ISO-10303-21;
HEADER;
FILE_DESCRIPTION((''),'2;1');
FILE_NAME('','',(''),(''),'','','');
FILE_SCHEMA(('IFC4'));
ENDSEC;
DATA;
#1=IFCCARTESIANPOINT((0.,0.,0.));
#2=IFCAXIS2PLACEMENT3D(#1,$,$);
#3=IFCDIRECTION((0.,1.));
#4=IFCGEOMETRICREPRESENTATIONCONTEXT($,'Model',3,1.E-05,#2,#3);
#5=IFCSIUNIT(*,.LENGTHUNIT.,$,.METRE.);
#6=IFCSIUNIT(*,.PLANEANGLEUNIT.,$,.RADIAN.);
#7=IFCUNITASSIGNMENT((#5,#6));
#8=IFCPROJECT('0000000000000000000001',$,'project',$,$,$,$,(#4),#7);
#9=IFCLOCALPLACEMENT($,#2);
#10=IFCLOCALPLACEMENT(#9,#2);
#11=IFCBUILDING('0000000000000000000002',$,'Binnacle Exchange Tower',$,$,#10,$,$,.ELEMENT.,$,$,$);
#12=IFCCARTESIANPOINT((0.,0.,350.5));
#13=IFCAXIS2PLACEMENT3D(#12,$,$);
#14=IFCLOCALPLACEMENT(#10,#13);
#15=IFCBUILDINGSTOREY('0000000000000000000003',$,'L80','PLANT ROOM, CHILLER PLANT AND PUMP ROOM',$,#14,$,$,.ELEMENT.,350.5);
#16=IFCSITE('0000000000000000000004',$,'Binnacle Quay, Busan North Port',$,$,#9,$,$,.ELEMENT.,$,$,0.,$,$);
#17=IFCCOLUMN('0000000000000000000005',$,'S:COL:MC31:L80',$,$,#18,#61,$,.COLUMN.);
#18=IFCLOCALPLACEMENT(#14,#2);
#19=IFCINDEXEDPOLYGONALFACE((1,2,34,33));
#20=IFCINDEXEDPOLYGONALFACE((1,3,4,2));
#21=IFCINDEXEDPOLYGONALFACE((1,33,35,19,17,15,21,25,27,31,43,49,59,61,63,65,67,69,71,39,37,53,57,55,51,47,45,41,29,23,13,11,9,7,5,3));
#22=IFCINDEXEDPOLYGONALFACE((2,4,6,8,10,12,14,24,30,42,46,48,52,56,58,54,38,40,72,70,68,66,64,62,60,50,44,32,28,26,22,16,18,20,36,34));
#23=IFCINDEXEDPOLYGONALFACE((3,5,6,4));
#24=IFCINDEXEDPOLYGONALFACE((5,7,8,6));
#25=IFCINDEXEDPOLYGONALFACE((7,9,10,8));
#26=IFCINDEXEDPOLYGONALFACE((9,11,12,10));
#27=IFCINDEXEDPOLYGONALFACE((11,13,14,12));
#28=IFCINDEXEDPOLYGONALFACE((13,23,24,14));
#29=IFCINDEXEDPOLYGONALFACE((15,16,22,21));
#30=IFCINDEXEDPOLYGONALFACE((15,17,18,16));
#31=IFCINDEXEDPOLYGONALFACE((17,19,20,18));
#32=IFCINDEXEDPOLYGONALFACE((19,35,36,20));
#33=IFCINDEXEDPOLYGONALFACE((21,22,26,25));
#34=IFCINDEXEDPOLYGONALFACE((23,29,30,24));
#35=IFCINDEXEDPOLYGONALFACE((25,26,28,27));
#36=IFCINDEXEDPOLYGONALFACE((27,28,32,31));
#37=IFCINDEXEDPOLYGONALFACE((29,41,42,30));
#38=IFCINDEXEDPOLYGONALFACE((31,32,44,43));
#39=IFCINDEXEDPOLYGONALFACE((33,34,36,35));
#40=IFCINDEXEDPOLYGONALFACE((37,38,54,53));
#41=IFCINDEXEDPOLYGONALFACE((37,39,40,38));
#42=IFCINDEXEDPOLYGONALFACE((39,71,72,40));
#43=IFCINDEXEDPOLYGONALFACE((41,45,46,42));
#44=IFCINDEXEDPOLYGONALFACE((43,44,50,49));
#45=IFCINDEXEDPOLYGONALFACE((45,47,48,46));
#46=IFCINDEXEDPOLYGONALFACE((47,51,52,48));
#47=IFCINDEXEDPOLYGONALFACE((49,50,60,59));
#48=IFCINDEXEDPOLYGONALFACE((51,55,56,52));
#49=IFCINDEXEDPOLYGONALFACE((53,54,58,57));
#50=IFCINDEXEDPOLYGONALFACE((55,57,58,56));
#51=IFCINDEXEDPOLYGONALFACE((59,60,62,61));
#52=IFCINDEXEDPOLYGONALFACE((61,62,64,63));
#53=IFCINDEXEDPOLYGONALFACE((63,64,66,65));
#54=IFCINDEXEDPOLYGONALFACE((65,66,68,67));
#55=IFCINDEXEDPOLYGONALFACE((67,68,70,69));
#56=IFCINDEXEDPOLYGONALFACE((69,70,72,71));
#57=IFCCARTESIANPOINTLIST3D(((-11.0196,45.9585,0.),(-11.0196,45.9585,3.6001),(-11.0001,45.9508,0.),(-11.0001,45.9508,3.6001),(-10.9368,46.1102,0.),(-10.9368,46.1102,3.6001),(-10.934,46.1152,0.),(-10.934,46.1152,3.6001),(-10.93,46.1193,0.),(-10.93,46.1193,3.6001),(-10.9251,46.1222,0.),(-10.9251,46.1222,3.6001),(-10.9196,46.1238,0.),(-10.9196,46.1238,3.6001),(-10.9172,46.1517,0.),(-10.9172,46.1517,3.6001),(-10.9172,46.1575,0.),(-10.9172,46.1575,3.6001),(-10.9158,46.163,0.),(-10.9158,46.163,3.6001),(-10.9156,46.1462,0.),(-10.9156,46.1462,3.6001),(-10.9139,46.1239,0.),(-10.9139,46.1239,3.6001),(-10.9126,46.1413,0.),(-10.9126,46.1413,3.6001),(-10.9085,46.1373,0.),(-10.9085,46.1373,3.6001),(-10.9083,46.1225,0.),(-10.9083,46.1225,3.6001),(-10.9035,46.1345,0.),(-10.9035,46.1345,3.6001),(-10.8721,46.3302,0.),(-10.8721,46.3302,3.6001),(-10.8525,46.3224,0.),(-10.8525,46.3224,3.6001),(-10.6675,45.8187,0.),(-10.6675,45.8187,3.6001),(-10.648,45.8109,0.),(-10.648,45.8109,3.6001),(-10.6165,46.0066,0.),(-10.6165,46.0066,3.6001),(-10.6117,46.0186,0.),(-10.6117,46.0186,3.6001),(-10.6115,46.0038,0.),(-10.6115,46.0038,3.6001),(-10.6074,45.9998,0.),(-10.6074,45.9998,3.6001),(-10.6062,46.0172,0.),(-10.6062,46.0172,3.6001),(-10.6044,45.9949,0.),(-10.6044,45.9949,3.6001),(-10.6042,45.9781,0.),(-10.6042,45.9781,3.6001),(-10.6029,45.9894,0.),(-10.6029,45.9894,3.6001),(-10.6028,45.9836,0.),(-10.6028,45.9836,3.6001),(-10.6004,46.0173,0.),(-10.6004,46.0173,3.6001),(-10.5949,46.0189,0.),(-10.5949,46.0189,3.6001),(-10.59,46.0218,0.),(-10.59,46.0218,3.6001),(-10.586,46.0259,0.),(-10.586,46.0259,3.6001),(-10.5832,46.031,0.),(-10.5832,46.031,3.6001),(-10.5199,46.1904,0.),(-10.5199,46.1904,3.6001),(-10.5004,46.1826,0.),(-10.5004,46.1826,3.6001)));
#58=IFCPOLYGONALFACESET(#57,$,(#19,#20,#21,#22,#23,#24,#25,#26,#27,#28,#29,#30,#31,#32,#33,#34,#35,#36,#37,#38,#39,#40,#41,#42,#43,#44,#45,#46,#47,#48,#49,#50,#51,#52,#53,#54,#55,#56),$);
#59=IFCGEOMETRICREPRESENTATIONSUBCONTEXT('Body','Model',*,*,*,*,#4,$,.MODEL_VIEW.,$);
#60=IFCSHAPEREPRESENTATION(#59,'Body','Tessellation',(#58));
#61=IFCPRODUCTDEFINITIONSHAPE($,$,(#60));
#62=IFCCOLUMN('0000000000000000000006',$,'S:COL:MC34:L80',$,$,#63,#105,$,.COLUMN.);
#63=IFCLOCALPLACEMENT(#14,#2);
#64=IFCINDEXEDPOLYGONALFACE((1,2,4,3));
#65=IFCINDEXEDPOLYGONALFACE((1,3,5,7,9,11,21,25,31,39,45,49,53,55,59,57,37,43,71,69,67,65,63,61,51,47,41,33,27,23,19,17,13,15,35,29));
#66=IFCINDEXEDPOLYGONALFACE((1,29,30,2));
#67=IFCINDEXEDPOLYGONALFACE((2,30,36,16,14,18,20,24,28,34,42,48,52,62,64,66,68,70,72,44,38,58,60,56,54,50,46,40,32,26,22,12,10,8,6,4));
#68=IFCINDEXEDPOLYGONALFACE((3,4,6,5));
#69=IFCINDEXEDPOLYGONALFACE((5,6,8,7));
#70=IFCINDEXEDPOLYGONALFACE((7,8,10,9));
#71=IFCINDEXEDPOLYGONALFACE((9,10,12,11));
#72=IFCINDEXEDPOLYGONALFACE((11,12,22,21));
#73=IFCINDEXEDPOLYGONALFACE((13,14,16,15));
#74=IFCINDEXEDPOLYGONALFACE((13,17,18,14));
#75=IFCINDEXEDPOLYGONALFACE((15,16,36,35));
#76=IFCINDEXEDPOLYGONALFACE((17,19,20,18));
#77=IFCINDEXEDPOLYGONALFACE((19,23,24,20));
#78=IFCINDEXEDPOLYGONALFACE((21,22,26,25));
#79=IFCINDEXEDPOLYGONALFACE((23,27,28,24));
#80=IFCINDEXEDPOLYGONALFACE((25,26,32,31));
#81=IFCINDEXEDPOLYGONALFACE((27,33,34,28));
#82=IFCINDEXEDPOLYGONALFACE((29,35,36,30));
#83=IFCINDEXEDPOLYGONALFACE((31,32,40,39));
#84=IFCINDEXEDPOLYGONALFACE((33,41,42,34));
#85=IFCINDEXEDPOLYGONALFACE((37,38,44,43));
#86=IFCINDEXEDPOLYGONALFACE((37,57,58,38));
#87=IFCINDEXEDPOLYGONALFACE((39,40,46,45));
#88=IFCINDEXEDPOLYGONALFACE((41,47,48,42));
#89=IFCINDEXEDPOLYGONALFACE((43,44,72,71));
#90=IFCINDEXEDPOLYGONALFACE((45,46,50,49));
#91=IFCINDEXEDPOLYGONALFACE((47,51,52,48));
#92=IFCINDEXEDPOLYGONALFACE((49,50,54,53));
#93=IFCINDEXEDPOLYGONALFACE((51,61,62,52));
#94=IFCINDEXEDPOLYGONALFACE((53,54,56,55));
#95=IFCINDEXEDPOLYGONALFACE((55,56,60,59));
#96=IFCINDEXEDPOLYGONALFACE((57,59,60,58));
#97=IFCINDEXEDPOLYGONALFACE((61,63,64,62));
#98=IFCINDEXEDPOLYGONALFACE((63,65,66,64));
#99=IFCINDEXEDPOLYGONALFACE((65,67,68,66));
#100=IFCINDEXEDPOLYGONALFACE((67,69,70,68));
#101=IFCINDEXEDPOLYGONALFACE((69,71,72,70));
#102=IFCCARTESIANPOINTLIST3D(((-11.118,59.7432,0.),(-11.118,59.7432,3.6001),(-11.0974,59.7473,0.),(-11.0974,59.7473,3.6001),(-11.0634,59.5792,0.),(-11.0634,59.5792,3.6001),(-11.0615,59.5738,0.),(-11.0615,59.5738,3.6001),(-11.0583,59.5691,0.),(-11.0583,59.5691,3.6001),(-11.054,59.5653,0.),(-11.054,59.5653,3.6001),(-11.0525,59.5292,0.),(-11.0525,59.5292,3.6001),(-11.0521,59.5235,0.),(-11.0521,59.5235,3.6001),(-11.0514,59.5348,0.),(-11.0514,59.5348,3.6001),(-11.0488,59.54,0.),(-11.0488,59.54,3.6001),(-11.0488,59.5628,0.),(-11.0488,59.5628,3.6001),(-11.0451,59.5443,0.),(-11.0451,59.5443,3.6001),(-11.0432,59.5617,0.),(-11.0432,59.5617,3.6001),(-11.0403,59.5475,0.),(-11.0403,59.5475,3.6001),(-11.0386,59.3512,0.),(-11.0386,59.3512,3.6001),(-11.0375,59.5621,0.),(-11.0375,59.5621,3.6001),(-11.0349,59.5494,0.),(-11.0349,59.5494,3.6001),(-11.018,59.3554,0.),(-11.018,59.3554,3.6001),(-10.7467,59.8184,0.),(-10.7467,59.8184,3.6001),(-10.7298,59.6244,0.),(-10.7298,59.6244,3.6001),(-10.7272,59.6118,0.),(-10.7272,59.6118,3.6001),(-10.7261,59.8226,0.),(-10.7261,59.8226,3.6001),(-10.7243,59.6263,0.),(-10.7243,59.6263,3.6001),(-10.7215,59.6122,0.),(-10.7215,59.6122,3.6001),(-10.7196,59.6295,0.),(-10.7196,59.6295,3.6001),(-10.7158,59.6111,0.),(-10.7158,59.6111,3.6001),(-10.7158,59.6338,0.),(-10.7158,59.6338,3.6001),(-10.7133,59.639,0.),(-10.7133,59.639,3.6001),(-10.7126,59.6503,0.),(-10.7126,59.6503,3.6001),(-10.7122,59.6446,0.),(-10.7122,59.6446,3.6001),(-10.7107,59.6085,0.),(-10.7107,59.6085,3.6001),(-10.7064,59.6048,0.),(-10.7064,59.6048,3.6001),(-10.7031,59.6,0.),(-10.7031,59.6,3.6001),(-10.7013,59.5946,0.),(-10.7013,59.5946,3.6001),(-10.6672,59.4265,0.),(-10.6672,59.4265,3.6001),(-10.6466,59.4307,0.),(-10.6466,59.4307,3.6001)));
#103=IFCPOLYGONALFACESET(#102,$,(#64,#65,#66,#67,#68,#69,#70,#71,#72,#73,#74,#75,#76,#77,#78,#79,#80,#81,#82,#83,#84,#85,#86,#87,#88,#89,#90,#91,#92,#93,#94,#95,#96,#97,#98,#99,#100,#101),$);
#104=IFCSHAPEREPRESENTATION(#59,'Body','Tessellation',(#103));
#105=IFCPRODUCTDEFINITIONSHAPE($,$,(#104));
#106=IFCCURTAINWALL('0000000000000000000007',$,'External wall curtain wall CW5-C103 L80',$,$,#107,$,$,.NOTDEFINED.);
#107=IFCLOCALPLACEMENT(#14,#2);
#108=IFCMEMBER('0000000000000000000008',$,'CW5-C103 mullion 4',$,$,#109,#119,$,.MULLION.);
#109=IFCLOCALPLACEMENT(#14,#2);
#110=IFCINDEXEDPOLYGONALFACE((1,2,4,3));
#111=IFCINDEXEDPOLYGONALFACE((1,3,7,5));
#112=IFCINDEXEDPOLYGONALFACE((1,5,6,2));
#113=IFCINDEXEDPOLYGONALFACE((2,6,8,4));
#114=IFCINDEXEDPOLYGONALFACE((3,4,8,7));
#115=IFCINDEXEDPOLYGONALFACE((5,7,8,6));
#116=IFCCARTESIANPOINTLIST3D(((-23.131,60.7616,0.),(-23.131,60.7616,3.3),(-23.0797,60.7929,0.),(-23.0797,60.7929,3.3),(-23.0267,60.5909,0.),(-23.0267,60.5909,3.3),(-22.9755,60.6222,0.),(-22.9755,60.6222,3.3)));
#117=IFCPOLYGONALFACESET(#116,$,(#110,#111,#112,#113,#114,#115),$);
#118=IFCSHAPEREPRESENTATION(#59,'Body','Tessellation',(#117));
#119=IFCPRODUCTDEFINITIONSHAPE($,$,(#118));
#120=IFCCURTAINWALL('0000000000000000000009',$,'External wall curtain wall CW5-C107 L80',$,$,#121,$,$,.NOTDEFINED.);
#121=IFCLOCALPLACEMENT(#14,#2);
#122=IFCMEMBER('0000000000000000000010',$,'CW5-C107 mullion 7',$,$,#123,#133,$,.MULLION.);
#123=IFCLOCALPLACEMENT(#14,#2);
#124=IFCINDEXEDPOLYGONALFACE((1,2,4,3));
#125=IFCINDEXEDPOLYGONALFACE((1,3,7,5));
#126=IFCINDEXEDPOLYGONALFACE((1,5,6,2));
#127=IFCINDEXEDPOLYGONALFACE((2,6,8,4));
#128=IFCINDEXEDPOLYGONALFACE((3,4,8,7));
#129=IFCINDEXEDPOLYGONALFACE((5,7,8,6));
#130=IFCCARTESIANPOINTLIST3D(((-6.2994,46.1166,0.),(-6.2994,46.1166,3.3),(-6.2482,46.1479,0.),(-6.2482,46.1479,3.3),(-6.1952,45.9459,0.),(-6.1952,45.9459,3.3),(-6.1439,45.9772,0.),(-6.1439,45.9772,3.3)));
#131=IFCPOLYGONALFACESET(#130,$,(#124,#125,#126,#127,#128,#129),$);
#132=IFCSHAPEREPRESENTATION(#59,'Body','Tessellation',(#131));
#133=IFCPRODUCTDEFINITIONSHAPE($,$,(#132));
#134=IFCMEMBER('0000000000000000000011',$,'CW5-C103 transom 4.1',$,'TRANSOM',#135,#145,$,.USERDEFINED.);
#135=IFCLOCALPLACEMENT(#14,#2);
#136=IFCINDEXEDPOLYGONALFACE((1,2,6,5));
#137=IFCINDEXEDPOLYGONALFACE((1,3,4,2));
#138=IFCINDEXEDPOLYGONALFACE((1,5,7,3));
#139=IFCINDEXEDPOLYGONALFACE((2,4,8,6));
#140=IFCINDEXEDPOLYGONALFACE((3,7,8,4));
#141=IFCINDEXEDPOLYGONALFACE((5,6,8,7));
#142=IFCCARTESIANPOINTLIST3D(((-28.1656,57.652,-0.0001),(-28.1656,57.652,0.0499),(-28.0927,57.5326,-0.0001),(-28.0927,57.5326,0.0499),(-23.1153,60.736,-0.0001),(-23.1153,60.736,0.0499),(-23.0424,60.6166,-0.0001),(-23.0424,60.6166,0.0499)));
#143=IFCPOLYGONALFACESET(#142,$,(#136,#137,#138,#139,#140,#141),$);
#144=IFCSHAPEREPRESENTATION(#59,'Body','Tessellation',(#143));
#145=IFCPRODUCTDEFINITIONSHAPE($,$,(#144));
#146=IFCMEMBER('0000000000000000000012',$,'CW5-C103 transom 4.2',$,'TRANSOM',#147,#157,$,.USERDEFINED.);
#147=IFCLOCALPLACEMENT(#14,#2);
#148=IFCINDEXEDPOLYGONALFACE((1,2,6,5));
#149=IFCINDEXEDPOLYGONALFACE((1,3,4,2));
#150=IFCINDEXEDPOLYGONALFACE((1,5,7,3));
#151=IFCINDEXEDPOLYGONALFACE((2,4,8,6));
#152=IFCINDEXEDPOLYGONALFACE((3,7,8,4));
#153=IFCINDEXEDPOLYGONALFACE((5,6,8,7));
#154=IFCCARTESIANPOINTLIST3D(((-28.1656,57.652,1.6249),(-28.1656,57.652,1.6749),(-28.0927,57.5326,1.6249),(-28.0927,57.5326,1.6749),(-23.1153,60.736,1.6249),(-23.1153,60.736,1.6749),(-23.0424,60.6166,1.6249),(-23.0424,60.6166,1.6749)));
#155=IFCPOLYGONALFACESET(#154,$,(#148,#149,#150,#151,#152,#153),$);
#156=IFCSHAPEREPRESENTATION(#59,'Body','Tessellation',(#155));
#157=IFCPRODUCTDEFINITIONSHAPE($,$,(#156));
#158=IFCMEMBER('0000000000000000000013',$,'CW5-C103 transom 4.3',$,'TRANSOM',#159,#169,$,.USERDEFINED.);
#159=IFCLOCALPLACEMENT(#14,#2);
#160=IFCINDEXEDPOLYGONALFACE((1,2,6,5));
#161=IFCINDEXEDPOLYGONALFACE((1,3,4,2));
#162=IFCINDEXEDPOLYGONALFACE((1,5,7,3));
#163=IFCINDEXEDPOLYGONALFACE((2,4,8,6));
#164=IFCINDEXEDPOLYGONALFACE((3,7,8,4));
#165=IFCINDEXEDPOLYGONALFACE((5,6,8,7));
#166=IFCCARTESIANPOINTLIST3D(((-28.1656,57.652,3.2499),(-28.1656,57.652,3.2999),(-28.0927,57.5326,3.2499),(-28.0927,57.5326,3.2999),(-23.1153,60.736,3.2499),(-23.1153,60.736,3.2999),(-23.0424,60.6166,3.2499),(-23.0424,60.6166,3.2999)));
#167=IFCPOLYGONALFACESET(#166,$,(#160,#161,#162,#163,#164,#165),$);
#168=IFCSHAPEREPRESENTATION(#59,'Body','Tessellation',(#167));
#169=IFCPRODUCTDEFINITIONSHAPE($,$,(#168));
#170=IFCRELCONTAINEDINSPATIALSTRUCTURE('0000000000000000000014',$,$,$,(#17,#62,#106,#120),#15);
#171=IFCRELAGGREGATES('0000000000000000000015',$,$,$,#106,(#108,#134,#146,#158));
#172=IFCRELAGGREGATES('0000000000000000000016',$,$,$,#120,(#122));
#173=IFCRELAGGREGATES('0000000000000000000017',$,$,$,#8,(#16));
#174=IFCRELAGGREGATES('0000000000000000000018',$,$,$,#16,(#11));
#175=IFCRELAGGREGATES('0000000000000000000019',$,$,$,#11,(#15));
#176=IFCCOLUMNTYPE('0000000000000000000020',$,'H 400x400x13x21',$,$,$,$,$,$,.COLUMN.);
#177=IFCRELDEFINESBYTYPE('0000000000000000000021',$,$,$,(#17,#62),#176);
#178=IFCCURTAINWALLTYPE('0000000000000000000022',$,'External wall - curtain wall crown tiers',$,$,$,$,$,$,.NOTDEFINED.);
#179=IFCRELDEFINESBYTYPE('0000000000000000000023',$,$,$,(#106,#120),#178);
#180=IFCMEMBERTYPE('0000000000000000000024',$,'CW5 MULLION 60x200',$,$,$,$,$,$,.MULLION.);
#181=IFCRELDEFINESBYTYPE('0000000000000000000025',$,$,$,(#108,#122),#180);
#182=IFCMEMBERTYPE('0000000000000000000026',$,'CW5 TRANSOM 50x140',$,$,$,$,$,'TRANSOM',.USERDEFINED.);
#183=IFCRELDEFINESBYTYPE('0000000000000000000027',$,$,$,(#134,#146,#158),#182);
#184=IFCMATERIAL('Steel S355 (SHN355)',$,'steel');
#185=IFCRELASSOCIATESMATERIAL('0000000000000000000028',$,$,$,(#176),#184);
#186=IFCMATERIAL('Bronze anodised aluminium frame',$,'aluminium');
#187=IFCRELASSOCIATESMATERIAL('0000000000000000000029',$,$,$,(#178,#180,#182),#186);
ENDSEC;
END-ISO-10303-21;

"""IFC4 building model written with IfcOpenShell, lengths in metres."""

from ifc_helpers import new_model, si_unit, direction, frame, origin, origin_2d, place, context, subcontext, project, spatial, rectangle, i_section, extrude, material, material_profile, profile_set, type_object, element, aggregate, save


model = new_model("IFC4")

# Units and contexts
model_context = context("Model", 3, precision=1e-05, world=origin(), true_north=direction((0.0, 1.0)))
body_context = subcontext(model_context, "Body", "Model", "MODEL_VIEW")
ifc_project = project(units=[si_unit("LENGTHUNIT", "METRE"), si_unit("PLANEANGLEUNIT", "RADIAN")], contexts=[model_context])

# Site, building, storey
site_placement = place(None, origin())
site = spatial("IfcSite", under=ifc_project, at=site_placement, Name="Binnacle Quay, Busan North Port", CompositionType="ELEMENT", RefElevation=0.0)
building_placement = place(site_placement, origin())
building = spatial("IfcBuilding", under=site, at=building_placement, Name="Binnacle Exchange Tower", CompositionType="ELEMENT")
storey_placement = place(building_placement, frame((0.0, 0.0, 350.5)))
storey = spatial("IfcBuildingStorey", under=building, at=storey_placement, Name="L80", Description="PLANT ROOM, CHILLER PLANT AND PUMP ROOM", CompositionType="ELEMENT", Elevation=350.5)

# Columns
ifc_material_1 = material(Name="Steel S355 (SHN355)", Category="steel")
ifc_material_profile_1 = material_profile(ifc_material_1, i_section(OverallWidth=0.3999, OverallDepth=0.3999, WebThickness=0.0129, FlangeThickness=0.021, FilletRadius=0.022, at=origin_2d()), Name="H 400x400x13x21")
ifc_profile_set_1 = profile_set([ifc_material_profile_1], Name="Steel S355 (SHN355)")
column_type = type_object("IfcColumnType", Name="H 400x400x13x21", PredefinedType="COLUMN", material=ifc_profile_set_1)
for number, where, z_axis, x_axis, name in (
    (1, (-10.76, 46.0706, 0.0), (0.0, 0.0, 1.0), (0.369033, 0.929416, 0.0), "S:COL:MC31:L80"),
    (2, (-10.8823, 59.5869, 0.0), (0.0, 0.0, 1.0), (-0.198667, 0.980067, 0.0), "S:COL:MC34:L80"),
):
    element("IfcColumn", number, at=place(storey_placement, frame(where, z_axis=z_axis, x_axis=x_axis)), inside=storey, type_object=column_type, Name=name, PredefinedType="COLUMN", context=body_context, shape_type="SweptSolid", body=[
        extrude(i_section(OverallWidth=0.3999, OverallDepth=0.3999, WebThickness=0.0129, FlangeThickness=0.021, FilletRadius=0.022, at=origin_2d()), origin(), (0.0, 0.0, 1.0), 3.6001),
    ])

# Curtain walls, members
ifc_material_2 = material(Name="Bronze anodised aluminium frame", Category="aluminium")
curtain_wall_type = type_object("IfcCurtainWallType", Name="External wall - curtain wall crown tiers", PredefinedType="NOTDEFINED", material=ifc_material_2)
curtain_wall_1_placement = place(storey_placement, origin())
curtain_wall_1 = element("IfcCurtainWall", 3, at=curtain_wall_1_placement, inside=storey, type_object=curtain_wall_type, Name="External wall curtain wall CW5-C103 L80", PredefinedType="NOTDEFINED")
ifc_material_profile_2 = material_profile(ifc_material_2, rectangle(XDim=0.2, YDim=0.0601, at=origin_2d()), Name="AL 60x200")
ifc_profile_set_2 = profile_set([ifc_material_profile_2], Name="Bronze anodised aluminium frame")
member_type_1 = type_object("IfcMemberType", Name="CW5 MULLION 60x200", PredefinedType="MULLION", material=ifc_profile_set_2)
member_1_placement = place(storey_placement, frame((-23.0532, 60.6919, 0.0), z_axis=(0.0, 0.0, 1.0), x_axis=(0.521157, -0.853461, 0.0)))
member_1 = element("IfcMember", 4, at=member_1_placement, type_object=member_type_1, Name="CW5-C103 mullion 4", PredefinedType="MULLION", context=body_context, shape_type="SweptSolid", body=[
    extrude(rectangle(XDim=0.2, YDim=0.0601, at=origin_2d()), origin(), (0.0, 0.0, 1.0), 3.3),
])
curtain_wall_2_placement = place(storey_placement, origin())
curtain_wall_2 = element("IfcCurtainWall", 5, at=curtain_wall_2_placement, inside=storey, type_object=curtain_wall_type, Name="External wall curtain wall CW5-C107 L80", PredefinedType="NOTDEFINED")
member_2_placement = place(storey_placement, frame((-6.2217, 46.0469, 0.0), z_axis=(0.0, 0.0, 1.0), x_axis=(-0.521157, 0.853461, 0.0)))
member_2 = element("IfcMember", 6, at=member_2_placement, type_object=member_type_1, Name="CW5-C107 mullion 7", PredefinedType="MULLION", context=body_context, shape_type="SweptSolid", body=[
    extrude(rectangle(XDim=0.2, YDim=0.0601, at=origin_2d()), origin(), (0.0, 0.0, 1.0), 3.3),
])

# Members
ifc_material_profile_3 = material_profile(ifc_material_2, rectangle(XDim=0.1399, YDim=0.05, at=origin_2d()), Name="AL 140x50")
ifc_profile_set_3 = profile_set([ifc_material_profile_3], Name="Bronze anodised aluminium frame")
member_type_2 = type_object("IfcMemberType", Name="CW5 TRANSOM 50x140", ElementType="TRANSOM", PredefinedType="USERDEFINED", material=ifc_profile_set_3)
member_3_placement = place(storey_placement, frame((-23.0789, 60.6763, 0.0249), z_axis=(-0.853455, -0.521166, 0.0), x_axis=(0.521166, -0.853455, 0.0)))
member_3 = element("IfcMember", 7, at=member_3_placement, type_object=member_type_2, Name="CW5-C103 transom 4.1", ObjectType="TRANSOM", PredefinedType="USERDEFINED", context=body_context, shape_type="SweptSolid", body=[
    extrude(rectangle(XDim=0.1399, YDim=0.05, at=origin_2d()), origin(), (0.0, 0.0, 1.0), 5.9175),
])
member_4_placement = place(storey_placement, frame((-23.0789, 60.6763, 1.6499), z_axis=(-0.853455, -0.521166, 0.0), x_axis=(0.521166, -0.853455, 0.0)))
member_4 = element("IfcMember", 8, at=member_4_placement, type_object=member_type_2, Name="CW5-C103 transom 4.2", ObjectType="TRANSOM", PredefinedType="USERDEFINED", context=body_context, shape_type="SweptSolid", body=[
    extrude(rectangle(XDim=0.1399, YDim=0.05, at=origin_2d()), origin(), (0.0, 0.0, 1.0), 5.9175),
])
member_5_placement = place(storey_placement, frame((-23.0789, 60.6763, 3.2749), z_axis=(-0.853455, -0.521166, 0.0), x_axis=(0.521166, -0.853455, 0.0)))
member_5 = element("IfcMember", 9, at=member_5_placement, type_object=member_type_2, Name="CW5-C103 transom 4.3", ObjectType="TRANSOM", PredefinedType="USERDEFINED", context=body_context, shape_type="SweptSolid", body=[
    extrude(rectangle(XDim=0.1399, YDim=0.05, at=origin_2d()), origin(), (0.0, 0.0, 1.0), 5.9175),
])
aggregate(curtain_wall_1, [member_1, member_3, member_4, member_5])

aggregate(curtain_wall_2, [member_2])

save(model, "model.ifc")
